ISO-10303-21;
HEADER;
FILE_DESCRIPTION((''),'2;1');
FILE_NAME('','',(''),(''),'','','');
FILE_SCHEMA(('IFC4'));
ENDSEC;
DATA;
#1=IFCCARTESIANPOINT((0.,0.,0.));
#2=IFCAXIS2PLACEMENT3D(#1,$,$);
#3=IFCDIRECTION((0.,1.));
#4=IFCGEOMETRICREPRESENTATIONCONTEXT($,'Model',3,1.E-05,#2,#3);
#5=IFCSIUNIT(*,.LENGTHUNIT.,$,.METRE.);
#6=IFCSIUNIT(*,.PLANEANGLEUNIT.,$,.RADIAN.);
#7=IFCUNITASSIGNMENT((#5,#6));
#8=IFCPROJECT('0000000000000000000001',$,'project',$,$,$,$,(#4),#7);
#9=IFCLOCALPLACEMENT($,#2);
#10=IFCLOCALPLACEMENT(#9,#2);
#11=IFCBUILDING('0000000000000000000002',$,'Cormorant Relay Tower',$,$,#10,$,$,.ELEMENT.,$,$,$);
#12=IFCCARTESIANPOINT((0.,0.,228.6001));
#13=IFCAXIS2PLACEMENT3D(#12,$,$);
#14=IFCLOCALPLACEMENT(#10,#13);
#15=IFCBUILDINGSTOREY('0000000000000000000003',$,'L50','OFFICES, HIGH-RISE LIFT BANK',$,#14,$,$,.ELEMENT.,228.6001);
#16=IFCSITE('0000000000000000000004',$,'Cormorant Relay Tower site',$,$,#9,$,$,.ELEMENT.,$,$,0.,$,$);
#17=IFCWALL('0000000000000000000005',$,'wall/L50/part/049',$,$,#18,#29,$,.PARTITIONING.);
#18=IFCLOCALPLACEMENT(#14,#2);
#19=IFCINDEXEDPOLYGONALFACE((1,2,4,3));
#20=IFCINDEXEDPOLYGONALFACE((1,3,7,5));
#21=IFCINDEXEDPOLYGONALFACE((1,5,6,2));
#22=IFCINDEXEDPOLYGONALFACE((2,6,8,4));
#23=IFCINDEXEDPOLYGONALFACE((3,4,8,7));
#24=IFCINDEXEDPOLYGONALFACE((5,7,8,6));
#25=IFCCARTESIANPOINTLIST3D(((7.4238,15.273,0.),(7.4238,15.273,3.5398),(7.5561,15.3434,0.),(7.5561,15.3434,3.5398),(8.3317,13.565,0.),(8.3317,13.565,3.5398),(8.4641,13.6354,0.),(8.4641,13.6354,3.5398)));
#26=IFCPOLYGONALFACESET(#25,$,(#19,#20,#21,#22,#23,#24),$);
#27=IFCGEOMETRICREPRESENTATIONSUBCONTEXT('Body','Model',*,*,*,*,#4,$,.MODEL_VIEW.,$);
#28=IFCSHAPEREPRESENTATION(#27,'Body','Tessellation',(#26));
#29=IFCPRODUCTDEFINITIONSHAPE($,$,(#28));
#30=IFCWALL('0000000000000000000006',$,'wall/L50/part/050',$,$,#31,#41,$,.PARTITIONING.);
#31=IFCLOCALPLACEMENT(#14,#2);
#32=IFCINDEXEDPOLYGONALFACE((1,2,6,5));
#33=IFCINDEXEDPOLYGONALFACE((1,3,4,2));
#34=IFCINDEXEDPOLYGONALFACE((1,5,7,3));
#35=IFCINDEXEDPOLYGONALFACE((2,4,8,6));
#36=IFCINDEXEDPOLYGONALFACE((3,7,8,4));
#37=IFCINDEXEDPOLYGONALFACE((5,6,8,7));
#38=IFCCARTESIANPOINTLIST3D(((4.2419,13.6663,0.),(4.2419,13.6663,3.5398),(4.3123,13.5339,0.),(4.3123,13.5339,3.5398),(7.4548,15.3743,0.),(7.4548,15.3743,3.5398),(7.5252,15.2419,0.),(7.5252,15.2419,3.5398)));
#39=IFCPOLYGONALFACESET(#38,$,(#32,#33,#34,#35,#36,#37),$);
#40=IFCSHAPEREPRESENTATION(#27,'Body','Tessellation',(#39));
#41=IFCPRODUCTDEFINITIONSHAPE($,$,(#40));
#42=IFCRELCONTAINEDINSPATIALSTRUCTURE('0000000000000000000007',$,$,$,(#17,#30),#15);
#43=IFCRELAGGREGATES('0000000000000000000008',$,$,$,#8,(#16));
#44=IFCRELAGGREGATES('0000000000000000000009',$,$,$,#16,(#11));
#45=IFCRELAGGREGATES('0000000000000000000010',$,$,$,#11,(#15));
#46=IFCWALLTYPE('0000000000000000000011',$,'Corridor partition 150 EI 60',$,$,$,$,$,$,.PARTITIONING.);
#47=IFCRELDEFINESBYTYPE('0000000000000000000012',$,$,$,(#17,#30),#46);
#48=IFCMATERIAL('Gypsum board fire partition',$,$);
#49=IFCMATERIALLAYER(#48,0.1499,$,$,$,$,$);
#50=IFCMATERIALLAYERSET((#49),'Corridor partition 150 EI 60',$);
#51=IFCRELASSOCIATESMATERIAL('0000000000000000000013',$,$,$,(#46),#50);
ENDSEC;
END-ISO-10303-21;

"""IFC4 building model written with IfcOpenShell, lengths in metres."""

from ifc_helpers import new_model, si_unit, direction, frame, frame_2d, origin, place, context, subcontext, project, spatial, rectangle, extrude, material, layer, layer_set, type_object, element, save


model = new_model("IFC4")

# Units and contexts
model_context = context("Model", 3, precision=1e-05, world=origin(), true_north=direction((0.0, 1.0)))
body_context = subcontext(model_context, "Body", "Model", "MODEL_VIEW")
ifc_project = project(units=[si_unit("LENGTHUNIT", "METRE"), si_unit("PLANEANGLEUNIT", "RADIAN")], contexts=[model_context])

# Site, building, storey
site_placement = place(None, origin())
site = spatial("IfcSite", under=ifc_project, at=site_placement, Name="Cormorant Relay Tower site", CompositionType="ELEMENT", RefElevation=0.0)
building_placement = place(site_placement, origin())
building = spatial("IfcBuilding", under=site, at=building_placement, Name="Cormorant Relay Tower", CompositionType="ELEMENT")
storey_placement = place(building_placement, frame((0.0, 0.0, 228.6001)))
storey = spatial("IfcBuildingStorey", under=building, at=storey_placement, Name="L50", Description="OFFICES, HIGH-RISE LIFT BANK", CompositionType="ELEMENT", Elevation=228.6001)

# Shared definitions
ifc_material_1 = material(Name="Gypsum board fire partition")
ifc_layer_1 = layer(ifc_material_1, 0.1499)
ifc_layer_set_1 = layer_set([ifc_layer_1], Name="Corridor partition 150 EI 60")
wall_type_1 = type_object("IfcWallType", Name="Corridor partition 150 EI 60", PredefinedType="PARTITIONING", material=ifc_layer_set_1)

# Walls
wall_1_placement = place(storey_placement, frame((8.3979, 13.6001, 0.0), z_axis=(0.0, 0.0, 1.0), x_axis=(-0.469389, 0.882991, 0.0)))
element("IfcWall", 1, at=wall_1_placement, inside=storey, type_object=wall_type_1, Name="wall/L50/part/049", PredefinedType="PARTITIONING", context=body_context, shape_type="SweptSolid", body=[
    extrude(rectangle(XDim=1.9343, YDim=0.1499, at=frame_2d((0.9673, 0.0))), origin(), (0.0, 0.0, 1.0), 3.5398),
])
wall_2_placement = place(storey_placement, frame((7.49, 15.3081, 0.0), z_axis=(0.0, 0.0, 1.0), x_axis=(-0.882984, -0.469404, 0.0)))
element("IfcWall", 2, at=wall_2_placement, inside=storey, type_object=wall_type_1, Name="wall/L50/part/050", PredefinedType="PARTITIONING", context=body_context, shape_type="SweptSolid", body=[
    extrude(rectangle(XDim=3.6387, YDim=0.1499, at=frame_2d((1.8193, 0.0))), origin(), (0.0, 0.0, 1.0), 3.5398),
])

save(model, "model.ifc")
